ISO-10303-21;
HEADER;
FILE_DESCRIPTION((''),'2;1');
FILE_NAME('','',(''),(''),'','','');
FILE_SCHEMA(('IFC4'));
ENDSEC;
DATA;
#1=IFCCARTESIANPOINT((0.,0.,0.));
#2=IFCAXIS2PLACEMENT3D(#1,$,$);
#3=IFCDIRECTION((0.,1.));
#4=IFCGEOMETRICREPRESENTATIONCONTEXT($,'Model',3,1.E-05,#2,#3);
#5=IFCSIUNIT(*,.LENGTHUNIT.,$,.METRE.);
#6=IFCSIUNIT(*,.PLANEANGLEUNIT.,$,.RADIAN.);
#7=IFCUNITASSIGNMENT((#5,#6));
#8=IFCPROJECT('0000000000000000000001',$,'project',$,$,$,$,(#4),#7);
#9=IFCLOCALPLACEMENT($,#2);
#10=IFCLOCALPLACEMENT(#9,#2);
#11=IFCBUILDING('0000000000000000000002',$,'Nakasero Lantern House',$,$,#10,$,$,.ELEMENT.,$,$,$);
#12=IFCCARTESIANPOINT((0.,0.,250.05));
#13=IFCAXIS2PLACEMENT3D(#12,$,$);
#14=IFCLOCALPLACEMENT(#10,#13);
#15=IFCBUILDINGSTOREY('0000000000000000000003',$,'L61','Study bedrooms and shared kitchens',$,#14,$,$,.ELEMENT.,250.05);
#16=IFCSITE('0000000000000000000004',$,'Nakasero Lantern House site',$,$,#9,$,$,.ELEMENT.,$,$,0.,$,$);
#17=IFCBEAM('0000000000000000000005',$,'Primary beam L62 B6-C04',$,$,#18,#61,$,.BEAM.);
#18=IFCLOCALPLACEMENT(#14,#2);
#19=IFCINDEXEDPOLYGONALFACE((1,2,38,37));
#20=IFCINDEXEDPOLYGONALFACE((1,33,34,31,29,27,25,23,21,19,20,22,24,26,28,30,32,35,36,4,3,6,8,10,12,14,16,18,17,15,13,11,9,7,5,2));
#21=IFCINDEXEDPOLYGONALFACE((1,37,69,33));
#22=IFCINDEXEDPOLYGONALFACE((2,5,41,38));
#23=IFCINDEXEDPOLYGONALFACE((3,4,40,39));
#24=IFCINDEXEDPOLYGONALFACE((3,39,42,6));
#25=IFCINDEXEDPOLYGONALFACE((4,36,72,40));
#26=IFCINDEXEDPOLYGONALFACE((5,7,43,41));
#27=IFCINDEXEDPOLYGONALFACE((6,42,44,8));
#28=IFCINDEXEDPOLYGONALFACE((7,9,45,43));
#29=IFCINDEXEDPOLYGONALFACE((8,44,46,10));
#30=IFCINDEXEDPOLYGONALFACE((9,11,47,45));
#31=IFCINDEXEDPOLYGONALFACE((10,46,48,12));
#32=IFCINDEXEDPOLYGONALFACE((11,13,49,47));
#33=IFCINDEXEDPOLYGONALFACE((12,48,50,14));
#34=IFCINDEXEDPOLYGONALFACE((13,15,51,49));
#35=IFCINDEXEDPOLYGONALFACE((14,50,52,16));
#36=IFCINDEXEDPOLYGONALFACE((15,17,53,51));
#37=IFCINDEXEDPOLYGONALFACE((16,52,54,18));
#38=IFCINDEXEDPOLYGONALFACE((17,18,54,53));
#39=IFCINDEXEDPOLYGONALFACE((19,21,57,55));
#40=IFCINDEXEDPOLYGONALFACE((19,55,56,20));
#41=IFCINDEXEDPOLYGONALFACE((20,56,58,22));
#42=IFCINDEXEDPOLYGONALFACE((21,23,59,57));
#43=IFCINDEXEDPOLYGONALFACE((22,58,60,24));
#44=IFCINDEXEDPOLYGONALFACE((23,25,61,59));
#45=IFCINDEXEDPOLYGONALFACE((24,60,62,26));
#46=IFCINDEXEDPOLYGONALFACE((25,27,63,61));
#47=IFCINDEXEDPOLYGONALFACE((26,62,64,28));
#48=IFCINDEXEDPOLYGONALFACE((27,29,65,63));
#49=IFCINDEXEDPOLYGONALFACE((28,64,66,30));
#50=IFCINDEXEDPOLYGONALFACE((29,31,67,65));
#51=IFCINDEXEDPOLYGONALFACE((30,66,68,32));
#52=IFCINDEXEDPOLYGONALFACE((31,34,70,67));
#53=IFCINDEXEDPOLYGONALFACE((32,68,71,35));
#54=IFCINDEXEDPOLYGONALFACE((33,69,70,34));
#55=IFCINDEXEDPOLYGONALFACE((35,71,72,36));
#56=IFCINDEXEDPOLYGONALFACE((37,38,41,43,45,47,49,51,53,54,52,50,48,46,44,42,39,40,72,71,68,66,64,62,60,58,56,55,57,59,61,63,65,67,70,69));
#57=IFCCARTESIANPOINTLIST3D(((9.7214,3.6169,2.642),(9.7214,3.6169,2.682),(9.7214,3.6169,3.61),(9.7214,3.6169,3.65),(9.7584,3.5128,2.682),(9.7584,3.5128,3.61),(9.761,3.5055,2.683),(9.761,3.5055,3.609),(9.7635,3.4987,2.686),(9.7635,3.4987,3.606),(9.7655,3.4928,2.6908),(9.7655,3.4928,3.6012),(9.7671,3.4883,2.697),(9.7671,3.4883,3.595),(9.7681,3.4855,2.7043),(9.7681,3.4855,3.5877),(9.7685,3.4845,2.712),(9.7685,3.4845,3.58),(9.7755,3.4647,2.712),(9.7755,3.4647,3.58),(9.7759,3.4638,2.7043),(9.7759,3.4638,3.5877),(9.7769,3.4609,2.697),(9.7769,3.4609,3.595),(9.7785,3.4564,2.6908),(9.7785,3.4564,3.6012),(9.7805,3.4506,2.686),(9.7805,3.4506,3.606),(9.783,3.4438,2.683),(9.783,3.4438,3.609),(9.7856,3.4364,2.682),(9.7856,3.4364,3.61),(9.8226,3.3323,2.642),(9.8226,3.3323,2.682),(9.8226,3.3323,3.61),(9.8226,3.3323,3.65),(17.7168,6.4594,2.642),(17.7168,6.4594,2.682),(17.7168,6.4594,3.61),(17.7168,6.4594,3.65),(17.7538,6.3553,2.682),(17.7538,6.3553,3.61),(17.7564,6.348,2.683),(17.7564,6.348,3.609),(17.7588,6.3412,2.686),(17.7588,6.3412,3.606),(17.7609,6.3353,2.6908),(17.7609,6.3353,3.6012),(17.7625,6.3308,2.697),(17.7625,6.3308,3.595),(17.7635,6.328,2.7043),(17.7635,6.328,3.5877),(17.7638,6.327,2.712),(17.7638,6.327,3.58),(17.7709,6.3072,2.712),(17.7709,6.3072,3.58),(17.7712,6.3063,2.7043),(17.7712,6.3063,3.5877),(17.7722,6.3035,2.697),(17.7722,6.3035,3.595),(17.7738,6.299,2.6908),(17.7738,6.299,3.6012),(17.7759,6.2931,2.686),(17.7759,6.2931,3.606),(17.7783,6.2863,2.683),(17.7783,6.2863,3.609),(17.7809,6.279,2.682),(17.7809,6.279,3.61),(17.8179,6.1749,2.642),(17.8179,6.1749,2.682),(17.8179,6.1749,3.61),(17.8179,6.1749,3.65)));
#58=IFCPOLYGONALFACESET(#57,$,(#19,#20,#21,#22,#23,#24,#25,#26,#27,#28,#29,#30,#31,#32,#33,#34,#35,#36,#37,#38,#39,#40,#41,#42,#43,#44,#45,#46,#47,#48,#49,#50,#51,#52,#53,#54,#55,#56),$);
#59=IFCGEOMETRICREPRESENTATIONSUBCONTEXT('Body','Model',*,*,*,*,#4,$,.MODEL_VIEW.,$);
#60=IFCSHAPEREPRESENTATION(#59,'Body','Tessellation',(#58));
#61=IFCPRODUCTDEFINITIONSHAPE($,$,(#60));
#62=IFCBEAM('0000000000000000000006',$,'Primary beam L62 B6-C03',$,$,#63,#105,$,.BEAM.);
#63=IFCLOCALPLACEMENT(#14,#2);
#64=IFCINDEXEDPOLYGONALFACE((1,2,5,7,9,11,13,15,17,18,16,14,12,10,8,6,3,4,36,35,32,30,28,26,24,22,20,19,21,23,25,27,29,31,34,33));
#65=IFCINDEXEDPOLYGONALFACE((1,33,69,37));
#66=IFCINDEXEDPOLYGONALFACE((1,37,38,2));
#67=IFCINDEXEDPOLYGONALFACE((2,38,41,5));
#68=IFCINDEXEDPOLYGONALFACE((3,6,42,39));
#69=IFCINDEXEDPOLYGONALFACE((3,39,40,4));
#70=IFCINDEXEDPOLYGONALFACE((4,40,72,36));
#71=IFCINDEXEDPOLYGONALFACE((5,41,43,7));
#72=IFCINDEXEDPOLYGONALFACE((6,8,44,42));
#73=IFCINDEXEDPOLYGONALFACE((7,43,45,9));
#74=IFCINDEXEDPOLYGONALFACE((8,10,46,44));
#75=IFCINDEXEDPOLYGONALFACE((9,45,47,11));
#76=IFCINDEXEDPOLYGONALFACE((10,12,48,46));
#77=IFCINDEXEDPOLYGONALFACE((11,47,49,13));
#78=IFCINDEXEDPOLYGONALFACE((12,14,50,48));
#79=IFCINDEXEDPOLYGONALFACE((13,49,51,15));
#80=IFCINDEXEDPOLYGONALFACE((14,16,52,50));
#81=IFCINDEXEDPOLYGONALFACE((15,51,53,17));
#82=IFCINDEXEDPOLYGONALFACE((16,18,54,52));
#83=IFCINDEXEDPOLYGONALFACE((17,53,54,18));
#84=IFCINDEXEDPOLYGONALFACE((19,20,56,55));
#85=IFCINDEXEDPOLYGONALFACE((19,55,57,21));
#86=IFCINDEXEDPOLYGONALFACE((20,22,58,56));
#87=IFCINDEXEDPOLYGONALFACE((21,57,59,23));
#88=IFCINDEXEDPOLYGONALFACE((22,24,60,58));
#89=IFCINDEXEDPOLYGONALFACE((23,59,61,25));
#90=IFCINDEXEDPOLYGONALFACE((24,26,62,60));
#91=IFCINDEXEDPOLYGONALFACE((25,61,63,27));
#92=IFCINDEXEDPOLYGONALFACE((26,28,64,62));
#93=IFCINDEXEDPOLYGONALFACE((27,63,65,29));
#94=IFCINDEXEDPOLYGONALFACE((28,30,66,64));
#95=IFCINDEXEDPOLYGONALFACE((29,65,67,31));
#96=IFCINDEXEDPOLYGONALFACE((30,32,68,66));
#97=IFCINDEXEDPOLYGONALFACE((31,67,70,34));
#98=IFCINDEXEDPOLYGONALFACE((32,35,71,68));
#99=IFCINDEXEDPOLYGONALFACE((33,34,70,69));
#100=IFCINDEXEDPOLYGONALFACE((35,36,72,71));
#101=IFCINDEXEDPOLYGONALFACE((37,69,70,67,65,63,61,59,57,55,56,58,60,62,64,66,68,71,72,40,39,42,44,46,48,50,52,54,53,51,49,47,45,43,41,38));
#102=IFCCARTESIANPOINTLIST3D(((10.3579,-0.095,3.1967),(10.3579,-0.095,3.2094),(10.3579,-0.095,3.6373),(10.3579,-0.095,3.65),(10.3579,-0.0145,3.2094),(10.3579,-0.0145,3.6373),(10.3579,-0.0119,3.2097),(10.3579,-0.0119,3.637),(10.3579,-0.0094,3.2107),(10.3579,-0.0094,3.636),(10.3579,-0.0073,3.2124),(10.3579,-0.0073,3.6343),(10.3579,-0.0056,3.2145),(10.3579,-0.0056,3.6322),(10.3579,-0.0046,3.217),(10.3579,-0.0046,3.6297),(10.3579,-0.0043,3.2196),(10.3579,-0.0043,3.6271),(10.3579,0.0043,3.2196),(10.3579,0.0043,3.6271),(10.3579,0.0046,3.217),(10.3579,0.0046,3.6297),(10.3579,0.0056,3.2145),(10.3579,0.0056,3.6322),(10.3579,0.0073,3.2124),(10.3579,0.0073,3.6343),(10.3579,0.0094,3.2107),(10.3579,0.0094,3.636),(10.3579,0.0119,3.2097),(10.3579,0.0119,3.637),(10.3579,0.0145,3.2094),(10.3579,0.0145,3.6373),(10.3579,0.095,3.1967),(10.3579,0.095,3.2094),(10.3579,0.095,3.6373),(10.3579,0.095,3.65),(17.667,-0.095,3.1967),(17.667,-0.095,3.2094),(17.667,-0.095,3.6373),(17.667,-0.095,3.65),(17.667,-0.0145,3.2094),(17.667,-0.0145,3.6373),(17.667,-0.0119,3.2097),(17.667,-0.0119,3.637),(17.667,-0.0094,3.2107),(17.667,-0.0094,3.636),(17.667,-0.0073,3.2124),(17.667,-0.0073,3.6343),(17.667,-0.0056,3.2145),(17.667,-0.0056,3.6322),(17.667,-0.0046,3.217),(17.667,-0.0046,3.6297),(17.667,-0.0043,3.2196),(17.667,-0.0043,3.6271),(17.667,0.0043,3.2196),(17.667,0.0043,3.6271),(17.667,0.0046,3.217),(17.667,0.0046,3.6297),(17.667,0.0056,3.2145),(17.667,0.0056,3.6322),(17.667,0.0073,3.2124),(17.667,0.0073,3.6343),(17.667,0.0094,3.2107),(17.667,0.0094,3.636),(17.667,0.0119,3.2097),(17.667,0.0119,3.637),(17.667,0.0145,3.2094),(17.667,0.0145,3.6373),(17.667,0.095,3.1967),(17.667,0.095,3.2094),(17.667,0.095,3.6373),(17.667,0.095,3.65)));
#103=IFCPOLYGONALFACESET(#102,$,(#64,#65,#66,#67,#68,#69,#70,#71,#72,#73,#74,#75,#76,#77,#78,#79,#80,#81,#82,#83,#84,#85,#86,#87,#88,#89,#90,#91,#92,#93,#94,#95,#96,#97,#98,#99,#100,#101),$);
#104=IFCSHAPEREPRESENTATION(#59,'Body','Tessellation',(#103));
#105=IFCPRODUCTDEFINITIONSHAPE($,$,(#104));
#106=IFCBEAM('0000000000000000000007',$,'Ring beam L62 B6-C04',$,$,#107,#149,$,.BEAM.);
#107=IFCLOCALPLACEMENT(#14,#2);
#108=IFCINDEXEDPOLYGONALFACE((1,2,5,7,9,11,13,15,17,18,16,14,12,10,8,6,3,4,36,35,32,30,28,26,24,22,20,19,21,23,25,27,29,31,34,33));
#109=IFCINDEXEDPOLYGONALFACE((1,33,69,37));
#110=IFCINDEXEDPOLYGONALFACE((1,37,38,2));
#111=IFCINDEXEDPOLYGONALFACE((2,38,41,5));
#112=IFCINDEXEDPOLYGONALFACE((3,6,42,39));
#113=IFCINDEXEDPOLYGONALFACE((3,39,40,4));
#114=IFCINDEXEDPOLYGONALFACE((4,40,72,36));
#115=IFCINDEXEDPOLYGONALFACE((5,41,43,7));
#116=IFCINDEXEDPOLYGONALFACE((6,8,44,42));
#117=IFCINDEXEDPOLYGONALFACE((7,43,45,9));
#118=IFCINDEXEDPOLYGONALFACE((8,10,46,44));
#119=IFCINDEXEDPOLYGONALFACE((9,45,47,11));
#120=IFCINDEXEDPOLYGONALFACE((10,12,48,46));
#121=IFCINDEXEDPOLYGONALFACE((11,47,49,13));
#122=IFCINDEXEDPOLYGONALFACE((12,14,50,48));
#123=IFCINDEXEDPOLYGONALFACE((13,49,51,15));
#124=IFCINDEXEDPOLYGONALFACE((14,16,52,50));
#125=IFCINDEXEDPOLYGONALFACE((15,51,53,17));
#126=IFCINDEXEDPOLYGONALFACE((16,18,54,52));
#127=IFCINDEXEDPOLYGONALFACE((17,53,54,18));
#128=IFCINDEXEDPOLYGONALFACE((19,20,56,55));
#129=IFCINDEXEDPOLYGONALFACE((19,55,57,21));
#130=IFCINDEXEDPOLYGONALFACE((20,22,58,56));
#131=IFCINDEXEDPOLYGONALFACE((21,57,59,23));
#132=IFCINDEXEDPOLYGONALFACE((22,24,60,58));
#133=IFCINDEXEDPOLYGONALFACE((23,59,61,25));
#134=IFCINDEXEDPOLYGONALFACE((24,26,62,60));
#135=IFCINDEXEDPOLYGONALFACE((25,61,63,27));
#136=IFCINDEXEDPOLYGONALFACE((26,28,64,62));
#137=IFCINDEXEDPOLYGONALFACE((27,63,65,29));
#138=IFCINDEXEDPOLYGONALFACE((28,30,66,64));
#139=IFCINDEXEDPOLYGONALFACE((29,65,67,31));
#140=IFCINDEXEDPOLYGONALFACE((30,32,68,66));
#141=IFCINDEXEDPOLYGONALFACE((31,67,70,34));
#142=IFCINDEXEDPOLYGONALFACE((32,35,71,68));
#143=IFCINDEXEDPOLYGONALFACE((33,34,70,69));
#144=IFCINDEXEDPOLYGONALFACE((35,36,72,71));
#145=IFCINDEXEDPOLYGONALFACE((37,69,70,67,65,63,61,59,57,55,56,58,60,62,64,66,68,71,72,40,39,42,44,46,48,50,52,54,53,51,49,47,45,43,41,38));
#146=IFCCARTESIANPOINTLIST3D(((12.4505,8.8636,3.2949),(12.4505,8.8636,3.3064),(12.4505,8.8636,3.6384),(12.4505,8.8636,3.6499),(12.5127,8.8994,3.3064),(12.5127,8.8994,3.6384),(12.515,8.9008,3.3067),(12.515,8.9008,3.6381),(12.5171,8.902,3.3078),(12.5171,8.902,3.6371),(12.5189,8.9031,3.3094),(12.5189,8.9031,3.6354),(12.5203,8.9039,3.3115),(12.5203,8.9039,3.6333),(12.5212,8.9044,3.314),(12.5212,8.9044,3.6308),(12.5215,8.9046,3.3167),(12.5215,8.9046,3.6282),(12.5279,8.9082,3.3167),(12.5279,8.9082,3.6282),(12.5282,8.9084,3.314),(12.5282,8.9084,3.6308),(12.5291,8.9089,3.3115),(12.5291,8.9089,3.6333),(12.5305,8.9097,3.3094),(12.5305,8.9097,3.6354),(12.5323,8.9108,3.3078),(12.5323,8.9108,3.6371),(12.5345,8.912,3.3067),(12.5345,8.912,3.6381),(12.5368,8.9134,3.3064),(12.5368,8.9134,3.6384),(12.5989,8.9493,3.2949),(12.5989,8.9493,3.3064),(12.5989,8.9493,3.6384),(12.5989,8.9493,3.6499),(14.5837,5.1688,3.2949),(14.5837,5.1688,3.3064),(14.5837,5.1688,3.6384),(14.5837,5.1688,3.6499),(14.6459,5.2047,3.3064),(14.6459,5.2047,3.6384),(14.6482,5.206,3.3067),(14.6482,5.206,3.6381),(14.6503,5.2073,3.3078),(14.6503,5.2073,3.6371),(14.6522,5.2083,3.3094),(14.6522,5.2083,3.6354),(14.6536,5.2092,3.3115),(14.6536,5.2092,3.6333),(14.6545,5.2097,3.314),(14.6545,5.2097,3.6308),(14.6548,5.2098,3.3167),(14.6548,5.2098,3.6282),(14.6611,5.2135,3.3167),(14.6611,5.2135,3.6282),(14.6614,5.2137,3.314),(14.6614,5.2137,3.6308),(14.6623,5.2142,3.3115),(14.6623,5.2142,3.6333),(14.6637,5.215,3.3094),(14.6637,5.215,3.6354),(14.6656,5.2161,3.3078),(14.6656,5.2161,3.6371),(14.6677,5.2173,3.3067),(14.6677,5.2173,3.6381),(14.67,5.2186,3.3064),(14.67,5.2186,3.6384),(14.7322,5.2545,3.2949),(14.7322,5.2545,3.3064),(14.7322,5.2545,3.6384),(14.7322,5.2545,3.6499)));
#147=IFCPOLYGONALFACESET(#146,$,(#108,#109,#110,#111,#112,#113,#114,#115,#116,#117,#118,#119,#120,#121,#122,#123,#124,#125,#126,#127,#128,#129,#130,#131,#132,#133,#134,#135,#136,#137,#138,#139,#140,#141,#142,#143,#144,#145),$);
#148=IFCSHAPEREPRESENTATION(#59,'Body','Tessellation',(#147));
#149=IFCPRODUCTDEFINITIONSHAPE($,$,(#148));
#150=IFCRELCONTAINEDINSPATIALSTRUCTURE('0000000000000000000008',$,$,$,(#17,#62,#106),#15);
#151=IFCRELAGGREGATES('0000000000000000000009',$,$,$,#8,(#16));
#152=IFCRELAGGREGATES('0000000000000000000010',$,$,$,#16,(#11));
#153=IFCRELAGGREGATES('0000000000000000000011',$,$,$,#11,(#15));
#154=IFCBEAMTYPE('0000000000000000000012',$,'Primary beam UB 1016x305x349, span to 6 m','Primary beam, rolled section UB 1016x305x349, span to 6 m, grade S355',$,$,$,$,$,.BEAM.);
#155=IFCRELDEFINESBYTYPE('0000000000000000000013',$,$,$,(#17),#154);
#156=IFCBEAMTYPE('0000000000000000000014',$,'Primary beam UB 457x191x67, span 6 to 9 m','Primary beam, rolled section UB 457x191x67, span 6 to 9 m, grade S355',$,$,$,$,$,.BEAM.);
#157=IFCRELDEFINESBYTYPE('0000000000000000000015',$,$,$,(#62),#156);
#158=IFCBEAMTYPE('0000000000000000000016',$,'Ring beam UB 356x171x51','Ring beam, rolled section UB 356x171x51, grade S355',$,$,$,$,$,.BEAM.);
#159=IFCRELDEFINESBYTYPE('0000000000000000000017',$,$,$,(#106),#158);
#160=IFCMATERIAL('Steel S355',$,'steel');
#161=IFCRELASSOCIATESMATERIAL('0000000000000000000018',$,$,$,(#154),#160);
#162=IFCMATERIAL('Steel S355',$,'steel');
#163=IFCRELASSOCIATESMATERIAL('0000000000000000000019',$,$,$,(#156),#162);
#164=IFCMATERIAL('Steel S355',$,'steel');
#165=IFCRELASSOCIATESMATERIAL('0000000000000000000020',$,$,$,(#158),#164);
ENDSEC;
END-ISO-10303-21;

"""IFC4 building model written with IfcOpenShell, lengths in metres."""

from ifc_helpers import new_model, si_unit, direction, frame, origin, origin_2d, place, context, subcontext, project, spatial, i_section, extrude, material, material_profile, profile_set, type_object, element, save


model = new_model("IFC4")

# Units and contexts
model_context = context("Model", 3, precision=1e-05, world=origin(), true_north=direction((0.0, 1.0)))
body_context = subcontext(model_context, "Body", "Model", "MODEL_VIEW")
ifc_project = project(units=[si_unit("LENGTHUNIT", "METRE"), si_unit("PLANEANGLEUNIT", "RADIAN")], contexts=[model_context])

# Site, building, storey
site_placement = place(None, origin())
site = spatial("IfcSite", under=ifc_project, at=site_placement, Name="Nakasero Lantern House site", CompositionType="ELEMENT", RefElevation=0.0)
building_placement = place(site_placement, origin())
building = spatial("IfcBuilding", under=site, at=building_placement, Name="Nakasero Lantern House", CompositionType="ELEMENT")
storey_placement = place(building_placement, frame((0.0, 0.0, 250.05)))
storey = spatial("IfcBuildingStorey", under=building, at=storey_placement, Name="L61", Description="Study bedrooms and shared kitchens", CompositionType="ELEMENT", Elevation=250.05)

# Beams
ifc_material_1 = material(Name="Steel S355", Category="steel")
ifc_material_profile_1 = material_profile(ifc_material_1, i_section(OverallWidth=0.302, OverallDepth=1.0081, WebThickness=0.021, FlangeThickness=0.04, FilletRadius=0.03, at=origin_2d()), Name="UB 1016x305x349")
ifc_profile_set_1 = profile_set([ifc_material_profile_1], Name="Steel S355")
beam_type_1 = type_object("IfcBeamType", Name="Primary beam UB 1016x305x349, span to 6 m", Description="Primary beam, rolled section UB 1016x305x349, span to 6 m, grade S355", PredefinedType="BEAM", material=ifc_profile_set_1)
beam_1_placement = place(storey_placement, frame((17.7673, 6.3171, 3.146), z_axis=(-0.942225, -0.334982, 0.0), x_axis=(0.334982, -0.942225, 0.0)))
element("IfcBeam", 1, at=beam_1_placement, inside=storey, type_object=beam_type_1, Name="Primary beam L62 B6-C04", PredefinedType="BEAM", context=body_context, shape_type="SweptSolid", body=[
    extrude(i_section(OverallWidth=0.302, OverallDepth=1.0081, WebThickness=0.021, FlangeThickness=0.04, FilletRadius=0.03, at=origin_2d()), origin(), (0.0, 0.0, 1.0), 8.4856),
])
ifc_material_2 = material(Name="Steel S355", Category="steel")
ifc_material_profile_2 = material_profile(ifc_material_2, i_section(OverallWidth=0.1899, OverallDepth=0.4534, WebThickness=0.0085, FlangeThickness=0.0127, FilletRadius=0.0103, at=origin_2d()), Name="UB 457x191x67")
ifc_profile_set_2 = profile_set([ifc_material_profile_2], Name="Steel S355")
beam_type_2 = type_object("IfcBeamType", Name="Primary beam UB 457x191x67, span 6 to 9 m", Description="Primary beam, rolled section UB 457x191x67, span 6 to 9 m, grade S355", PredefinedType="BEAM", material=ifc_profile_set_2)
beam_2_placement = place(storey_placement, frame((17.667, 0.0, 3.4233), z_axis=(-1.0, 0.0, 0.0), x_axis=(0.0, -1.0, 0.0)))
element("IfcBeam", 2, at=beam_2_placement, inside=storey, type_object=beam_type_2, Name="Primary beam L62 B6-C03", PredefinedType="BEAM", context=body_context, shape_type="SweptSolid", body=[
    extrude(i_section(OverallWidth=0.1899, OverallDepth=0.4534, WebThickness=0.0085, FlangeThickness=0.0127, FilletRadius=0.0103, at=origin_2d()), origin(), (0.0, 0.0, 1.0), 7.3091),
])
ifc_material_3 = material(Name="Steel S355", Category="steel")
ifc_material_profile_3 = material_profile(ifc_material_3, i_section(OverallWidth=0.1714, OverallDepth=0.355, WebThickness=0.0073, FlangeThickness=0.0115, FilletRadius=0.0103, at=origin_2d()), Name="UB 356x171x51")
ifc_profile_set_3 = profile_set([ifc_material_profile_3], Name="Steel S355")
beam_type_3 = type_object("IfcBeamType", Name="Ring beam UB 356x171x51", Description="Ring beam, rolled section UB 356x171x51, grade S355", PredefinedType="BEAM", material=ifc_profile_set_3)
beam_3_placement = place(storey_placement, frame((14.658, 5.2117, 3.4724), z_axis=(-0.500016, 0.866016, 0.0), x_axis=(-0.866016, -0.500016, 0.0)))
element("IfcBeam", 3, at=beam_3_placement, inside=storey, type_object=beam_type_3, Name="Ring beam L62 B6-C04", PredefinedType="BEAM", context=body_context, shape_type="SweptSolid", body=[
    extrude(i_section(OverallWidth=0.1714, OverallDepth=0.355, WebThickness=0.0073, FlangeThickness=0.0115, FilletRadius=0.0103, at=origin_2d()), origin(), (0.0, 0.0, 1.0), 4.2664),
])

save(model, "model.ifc")
